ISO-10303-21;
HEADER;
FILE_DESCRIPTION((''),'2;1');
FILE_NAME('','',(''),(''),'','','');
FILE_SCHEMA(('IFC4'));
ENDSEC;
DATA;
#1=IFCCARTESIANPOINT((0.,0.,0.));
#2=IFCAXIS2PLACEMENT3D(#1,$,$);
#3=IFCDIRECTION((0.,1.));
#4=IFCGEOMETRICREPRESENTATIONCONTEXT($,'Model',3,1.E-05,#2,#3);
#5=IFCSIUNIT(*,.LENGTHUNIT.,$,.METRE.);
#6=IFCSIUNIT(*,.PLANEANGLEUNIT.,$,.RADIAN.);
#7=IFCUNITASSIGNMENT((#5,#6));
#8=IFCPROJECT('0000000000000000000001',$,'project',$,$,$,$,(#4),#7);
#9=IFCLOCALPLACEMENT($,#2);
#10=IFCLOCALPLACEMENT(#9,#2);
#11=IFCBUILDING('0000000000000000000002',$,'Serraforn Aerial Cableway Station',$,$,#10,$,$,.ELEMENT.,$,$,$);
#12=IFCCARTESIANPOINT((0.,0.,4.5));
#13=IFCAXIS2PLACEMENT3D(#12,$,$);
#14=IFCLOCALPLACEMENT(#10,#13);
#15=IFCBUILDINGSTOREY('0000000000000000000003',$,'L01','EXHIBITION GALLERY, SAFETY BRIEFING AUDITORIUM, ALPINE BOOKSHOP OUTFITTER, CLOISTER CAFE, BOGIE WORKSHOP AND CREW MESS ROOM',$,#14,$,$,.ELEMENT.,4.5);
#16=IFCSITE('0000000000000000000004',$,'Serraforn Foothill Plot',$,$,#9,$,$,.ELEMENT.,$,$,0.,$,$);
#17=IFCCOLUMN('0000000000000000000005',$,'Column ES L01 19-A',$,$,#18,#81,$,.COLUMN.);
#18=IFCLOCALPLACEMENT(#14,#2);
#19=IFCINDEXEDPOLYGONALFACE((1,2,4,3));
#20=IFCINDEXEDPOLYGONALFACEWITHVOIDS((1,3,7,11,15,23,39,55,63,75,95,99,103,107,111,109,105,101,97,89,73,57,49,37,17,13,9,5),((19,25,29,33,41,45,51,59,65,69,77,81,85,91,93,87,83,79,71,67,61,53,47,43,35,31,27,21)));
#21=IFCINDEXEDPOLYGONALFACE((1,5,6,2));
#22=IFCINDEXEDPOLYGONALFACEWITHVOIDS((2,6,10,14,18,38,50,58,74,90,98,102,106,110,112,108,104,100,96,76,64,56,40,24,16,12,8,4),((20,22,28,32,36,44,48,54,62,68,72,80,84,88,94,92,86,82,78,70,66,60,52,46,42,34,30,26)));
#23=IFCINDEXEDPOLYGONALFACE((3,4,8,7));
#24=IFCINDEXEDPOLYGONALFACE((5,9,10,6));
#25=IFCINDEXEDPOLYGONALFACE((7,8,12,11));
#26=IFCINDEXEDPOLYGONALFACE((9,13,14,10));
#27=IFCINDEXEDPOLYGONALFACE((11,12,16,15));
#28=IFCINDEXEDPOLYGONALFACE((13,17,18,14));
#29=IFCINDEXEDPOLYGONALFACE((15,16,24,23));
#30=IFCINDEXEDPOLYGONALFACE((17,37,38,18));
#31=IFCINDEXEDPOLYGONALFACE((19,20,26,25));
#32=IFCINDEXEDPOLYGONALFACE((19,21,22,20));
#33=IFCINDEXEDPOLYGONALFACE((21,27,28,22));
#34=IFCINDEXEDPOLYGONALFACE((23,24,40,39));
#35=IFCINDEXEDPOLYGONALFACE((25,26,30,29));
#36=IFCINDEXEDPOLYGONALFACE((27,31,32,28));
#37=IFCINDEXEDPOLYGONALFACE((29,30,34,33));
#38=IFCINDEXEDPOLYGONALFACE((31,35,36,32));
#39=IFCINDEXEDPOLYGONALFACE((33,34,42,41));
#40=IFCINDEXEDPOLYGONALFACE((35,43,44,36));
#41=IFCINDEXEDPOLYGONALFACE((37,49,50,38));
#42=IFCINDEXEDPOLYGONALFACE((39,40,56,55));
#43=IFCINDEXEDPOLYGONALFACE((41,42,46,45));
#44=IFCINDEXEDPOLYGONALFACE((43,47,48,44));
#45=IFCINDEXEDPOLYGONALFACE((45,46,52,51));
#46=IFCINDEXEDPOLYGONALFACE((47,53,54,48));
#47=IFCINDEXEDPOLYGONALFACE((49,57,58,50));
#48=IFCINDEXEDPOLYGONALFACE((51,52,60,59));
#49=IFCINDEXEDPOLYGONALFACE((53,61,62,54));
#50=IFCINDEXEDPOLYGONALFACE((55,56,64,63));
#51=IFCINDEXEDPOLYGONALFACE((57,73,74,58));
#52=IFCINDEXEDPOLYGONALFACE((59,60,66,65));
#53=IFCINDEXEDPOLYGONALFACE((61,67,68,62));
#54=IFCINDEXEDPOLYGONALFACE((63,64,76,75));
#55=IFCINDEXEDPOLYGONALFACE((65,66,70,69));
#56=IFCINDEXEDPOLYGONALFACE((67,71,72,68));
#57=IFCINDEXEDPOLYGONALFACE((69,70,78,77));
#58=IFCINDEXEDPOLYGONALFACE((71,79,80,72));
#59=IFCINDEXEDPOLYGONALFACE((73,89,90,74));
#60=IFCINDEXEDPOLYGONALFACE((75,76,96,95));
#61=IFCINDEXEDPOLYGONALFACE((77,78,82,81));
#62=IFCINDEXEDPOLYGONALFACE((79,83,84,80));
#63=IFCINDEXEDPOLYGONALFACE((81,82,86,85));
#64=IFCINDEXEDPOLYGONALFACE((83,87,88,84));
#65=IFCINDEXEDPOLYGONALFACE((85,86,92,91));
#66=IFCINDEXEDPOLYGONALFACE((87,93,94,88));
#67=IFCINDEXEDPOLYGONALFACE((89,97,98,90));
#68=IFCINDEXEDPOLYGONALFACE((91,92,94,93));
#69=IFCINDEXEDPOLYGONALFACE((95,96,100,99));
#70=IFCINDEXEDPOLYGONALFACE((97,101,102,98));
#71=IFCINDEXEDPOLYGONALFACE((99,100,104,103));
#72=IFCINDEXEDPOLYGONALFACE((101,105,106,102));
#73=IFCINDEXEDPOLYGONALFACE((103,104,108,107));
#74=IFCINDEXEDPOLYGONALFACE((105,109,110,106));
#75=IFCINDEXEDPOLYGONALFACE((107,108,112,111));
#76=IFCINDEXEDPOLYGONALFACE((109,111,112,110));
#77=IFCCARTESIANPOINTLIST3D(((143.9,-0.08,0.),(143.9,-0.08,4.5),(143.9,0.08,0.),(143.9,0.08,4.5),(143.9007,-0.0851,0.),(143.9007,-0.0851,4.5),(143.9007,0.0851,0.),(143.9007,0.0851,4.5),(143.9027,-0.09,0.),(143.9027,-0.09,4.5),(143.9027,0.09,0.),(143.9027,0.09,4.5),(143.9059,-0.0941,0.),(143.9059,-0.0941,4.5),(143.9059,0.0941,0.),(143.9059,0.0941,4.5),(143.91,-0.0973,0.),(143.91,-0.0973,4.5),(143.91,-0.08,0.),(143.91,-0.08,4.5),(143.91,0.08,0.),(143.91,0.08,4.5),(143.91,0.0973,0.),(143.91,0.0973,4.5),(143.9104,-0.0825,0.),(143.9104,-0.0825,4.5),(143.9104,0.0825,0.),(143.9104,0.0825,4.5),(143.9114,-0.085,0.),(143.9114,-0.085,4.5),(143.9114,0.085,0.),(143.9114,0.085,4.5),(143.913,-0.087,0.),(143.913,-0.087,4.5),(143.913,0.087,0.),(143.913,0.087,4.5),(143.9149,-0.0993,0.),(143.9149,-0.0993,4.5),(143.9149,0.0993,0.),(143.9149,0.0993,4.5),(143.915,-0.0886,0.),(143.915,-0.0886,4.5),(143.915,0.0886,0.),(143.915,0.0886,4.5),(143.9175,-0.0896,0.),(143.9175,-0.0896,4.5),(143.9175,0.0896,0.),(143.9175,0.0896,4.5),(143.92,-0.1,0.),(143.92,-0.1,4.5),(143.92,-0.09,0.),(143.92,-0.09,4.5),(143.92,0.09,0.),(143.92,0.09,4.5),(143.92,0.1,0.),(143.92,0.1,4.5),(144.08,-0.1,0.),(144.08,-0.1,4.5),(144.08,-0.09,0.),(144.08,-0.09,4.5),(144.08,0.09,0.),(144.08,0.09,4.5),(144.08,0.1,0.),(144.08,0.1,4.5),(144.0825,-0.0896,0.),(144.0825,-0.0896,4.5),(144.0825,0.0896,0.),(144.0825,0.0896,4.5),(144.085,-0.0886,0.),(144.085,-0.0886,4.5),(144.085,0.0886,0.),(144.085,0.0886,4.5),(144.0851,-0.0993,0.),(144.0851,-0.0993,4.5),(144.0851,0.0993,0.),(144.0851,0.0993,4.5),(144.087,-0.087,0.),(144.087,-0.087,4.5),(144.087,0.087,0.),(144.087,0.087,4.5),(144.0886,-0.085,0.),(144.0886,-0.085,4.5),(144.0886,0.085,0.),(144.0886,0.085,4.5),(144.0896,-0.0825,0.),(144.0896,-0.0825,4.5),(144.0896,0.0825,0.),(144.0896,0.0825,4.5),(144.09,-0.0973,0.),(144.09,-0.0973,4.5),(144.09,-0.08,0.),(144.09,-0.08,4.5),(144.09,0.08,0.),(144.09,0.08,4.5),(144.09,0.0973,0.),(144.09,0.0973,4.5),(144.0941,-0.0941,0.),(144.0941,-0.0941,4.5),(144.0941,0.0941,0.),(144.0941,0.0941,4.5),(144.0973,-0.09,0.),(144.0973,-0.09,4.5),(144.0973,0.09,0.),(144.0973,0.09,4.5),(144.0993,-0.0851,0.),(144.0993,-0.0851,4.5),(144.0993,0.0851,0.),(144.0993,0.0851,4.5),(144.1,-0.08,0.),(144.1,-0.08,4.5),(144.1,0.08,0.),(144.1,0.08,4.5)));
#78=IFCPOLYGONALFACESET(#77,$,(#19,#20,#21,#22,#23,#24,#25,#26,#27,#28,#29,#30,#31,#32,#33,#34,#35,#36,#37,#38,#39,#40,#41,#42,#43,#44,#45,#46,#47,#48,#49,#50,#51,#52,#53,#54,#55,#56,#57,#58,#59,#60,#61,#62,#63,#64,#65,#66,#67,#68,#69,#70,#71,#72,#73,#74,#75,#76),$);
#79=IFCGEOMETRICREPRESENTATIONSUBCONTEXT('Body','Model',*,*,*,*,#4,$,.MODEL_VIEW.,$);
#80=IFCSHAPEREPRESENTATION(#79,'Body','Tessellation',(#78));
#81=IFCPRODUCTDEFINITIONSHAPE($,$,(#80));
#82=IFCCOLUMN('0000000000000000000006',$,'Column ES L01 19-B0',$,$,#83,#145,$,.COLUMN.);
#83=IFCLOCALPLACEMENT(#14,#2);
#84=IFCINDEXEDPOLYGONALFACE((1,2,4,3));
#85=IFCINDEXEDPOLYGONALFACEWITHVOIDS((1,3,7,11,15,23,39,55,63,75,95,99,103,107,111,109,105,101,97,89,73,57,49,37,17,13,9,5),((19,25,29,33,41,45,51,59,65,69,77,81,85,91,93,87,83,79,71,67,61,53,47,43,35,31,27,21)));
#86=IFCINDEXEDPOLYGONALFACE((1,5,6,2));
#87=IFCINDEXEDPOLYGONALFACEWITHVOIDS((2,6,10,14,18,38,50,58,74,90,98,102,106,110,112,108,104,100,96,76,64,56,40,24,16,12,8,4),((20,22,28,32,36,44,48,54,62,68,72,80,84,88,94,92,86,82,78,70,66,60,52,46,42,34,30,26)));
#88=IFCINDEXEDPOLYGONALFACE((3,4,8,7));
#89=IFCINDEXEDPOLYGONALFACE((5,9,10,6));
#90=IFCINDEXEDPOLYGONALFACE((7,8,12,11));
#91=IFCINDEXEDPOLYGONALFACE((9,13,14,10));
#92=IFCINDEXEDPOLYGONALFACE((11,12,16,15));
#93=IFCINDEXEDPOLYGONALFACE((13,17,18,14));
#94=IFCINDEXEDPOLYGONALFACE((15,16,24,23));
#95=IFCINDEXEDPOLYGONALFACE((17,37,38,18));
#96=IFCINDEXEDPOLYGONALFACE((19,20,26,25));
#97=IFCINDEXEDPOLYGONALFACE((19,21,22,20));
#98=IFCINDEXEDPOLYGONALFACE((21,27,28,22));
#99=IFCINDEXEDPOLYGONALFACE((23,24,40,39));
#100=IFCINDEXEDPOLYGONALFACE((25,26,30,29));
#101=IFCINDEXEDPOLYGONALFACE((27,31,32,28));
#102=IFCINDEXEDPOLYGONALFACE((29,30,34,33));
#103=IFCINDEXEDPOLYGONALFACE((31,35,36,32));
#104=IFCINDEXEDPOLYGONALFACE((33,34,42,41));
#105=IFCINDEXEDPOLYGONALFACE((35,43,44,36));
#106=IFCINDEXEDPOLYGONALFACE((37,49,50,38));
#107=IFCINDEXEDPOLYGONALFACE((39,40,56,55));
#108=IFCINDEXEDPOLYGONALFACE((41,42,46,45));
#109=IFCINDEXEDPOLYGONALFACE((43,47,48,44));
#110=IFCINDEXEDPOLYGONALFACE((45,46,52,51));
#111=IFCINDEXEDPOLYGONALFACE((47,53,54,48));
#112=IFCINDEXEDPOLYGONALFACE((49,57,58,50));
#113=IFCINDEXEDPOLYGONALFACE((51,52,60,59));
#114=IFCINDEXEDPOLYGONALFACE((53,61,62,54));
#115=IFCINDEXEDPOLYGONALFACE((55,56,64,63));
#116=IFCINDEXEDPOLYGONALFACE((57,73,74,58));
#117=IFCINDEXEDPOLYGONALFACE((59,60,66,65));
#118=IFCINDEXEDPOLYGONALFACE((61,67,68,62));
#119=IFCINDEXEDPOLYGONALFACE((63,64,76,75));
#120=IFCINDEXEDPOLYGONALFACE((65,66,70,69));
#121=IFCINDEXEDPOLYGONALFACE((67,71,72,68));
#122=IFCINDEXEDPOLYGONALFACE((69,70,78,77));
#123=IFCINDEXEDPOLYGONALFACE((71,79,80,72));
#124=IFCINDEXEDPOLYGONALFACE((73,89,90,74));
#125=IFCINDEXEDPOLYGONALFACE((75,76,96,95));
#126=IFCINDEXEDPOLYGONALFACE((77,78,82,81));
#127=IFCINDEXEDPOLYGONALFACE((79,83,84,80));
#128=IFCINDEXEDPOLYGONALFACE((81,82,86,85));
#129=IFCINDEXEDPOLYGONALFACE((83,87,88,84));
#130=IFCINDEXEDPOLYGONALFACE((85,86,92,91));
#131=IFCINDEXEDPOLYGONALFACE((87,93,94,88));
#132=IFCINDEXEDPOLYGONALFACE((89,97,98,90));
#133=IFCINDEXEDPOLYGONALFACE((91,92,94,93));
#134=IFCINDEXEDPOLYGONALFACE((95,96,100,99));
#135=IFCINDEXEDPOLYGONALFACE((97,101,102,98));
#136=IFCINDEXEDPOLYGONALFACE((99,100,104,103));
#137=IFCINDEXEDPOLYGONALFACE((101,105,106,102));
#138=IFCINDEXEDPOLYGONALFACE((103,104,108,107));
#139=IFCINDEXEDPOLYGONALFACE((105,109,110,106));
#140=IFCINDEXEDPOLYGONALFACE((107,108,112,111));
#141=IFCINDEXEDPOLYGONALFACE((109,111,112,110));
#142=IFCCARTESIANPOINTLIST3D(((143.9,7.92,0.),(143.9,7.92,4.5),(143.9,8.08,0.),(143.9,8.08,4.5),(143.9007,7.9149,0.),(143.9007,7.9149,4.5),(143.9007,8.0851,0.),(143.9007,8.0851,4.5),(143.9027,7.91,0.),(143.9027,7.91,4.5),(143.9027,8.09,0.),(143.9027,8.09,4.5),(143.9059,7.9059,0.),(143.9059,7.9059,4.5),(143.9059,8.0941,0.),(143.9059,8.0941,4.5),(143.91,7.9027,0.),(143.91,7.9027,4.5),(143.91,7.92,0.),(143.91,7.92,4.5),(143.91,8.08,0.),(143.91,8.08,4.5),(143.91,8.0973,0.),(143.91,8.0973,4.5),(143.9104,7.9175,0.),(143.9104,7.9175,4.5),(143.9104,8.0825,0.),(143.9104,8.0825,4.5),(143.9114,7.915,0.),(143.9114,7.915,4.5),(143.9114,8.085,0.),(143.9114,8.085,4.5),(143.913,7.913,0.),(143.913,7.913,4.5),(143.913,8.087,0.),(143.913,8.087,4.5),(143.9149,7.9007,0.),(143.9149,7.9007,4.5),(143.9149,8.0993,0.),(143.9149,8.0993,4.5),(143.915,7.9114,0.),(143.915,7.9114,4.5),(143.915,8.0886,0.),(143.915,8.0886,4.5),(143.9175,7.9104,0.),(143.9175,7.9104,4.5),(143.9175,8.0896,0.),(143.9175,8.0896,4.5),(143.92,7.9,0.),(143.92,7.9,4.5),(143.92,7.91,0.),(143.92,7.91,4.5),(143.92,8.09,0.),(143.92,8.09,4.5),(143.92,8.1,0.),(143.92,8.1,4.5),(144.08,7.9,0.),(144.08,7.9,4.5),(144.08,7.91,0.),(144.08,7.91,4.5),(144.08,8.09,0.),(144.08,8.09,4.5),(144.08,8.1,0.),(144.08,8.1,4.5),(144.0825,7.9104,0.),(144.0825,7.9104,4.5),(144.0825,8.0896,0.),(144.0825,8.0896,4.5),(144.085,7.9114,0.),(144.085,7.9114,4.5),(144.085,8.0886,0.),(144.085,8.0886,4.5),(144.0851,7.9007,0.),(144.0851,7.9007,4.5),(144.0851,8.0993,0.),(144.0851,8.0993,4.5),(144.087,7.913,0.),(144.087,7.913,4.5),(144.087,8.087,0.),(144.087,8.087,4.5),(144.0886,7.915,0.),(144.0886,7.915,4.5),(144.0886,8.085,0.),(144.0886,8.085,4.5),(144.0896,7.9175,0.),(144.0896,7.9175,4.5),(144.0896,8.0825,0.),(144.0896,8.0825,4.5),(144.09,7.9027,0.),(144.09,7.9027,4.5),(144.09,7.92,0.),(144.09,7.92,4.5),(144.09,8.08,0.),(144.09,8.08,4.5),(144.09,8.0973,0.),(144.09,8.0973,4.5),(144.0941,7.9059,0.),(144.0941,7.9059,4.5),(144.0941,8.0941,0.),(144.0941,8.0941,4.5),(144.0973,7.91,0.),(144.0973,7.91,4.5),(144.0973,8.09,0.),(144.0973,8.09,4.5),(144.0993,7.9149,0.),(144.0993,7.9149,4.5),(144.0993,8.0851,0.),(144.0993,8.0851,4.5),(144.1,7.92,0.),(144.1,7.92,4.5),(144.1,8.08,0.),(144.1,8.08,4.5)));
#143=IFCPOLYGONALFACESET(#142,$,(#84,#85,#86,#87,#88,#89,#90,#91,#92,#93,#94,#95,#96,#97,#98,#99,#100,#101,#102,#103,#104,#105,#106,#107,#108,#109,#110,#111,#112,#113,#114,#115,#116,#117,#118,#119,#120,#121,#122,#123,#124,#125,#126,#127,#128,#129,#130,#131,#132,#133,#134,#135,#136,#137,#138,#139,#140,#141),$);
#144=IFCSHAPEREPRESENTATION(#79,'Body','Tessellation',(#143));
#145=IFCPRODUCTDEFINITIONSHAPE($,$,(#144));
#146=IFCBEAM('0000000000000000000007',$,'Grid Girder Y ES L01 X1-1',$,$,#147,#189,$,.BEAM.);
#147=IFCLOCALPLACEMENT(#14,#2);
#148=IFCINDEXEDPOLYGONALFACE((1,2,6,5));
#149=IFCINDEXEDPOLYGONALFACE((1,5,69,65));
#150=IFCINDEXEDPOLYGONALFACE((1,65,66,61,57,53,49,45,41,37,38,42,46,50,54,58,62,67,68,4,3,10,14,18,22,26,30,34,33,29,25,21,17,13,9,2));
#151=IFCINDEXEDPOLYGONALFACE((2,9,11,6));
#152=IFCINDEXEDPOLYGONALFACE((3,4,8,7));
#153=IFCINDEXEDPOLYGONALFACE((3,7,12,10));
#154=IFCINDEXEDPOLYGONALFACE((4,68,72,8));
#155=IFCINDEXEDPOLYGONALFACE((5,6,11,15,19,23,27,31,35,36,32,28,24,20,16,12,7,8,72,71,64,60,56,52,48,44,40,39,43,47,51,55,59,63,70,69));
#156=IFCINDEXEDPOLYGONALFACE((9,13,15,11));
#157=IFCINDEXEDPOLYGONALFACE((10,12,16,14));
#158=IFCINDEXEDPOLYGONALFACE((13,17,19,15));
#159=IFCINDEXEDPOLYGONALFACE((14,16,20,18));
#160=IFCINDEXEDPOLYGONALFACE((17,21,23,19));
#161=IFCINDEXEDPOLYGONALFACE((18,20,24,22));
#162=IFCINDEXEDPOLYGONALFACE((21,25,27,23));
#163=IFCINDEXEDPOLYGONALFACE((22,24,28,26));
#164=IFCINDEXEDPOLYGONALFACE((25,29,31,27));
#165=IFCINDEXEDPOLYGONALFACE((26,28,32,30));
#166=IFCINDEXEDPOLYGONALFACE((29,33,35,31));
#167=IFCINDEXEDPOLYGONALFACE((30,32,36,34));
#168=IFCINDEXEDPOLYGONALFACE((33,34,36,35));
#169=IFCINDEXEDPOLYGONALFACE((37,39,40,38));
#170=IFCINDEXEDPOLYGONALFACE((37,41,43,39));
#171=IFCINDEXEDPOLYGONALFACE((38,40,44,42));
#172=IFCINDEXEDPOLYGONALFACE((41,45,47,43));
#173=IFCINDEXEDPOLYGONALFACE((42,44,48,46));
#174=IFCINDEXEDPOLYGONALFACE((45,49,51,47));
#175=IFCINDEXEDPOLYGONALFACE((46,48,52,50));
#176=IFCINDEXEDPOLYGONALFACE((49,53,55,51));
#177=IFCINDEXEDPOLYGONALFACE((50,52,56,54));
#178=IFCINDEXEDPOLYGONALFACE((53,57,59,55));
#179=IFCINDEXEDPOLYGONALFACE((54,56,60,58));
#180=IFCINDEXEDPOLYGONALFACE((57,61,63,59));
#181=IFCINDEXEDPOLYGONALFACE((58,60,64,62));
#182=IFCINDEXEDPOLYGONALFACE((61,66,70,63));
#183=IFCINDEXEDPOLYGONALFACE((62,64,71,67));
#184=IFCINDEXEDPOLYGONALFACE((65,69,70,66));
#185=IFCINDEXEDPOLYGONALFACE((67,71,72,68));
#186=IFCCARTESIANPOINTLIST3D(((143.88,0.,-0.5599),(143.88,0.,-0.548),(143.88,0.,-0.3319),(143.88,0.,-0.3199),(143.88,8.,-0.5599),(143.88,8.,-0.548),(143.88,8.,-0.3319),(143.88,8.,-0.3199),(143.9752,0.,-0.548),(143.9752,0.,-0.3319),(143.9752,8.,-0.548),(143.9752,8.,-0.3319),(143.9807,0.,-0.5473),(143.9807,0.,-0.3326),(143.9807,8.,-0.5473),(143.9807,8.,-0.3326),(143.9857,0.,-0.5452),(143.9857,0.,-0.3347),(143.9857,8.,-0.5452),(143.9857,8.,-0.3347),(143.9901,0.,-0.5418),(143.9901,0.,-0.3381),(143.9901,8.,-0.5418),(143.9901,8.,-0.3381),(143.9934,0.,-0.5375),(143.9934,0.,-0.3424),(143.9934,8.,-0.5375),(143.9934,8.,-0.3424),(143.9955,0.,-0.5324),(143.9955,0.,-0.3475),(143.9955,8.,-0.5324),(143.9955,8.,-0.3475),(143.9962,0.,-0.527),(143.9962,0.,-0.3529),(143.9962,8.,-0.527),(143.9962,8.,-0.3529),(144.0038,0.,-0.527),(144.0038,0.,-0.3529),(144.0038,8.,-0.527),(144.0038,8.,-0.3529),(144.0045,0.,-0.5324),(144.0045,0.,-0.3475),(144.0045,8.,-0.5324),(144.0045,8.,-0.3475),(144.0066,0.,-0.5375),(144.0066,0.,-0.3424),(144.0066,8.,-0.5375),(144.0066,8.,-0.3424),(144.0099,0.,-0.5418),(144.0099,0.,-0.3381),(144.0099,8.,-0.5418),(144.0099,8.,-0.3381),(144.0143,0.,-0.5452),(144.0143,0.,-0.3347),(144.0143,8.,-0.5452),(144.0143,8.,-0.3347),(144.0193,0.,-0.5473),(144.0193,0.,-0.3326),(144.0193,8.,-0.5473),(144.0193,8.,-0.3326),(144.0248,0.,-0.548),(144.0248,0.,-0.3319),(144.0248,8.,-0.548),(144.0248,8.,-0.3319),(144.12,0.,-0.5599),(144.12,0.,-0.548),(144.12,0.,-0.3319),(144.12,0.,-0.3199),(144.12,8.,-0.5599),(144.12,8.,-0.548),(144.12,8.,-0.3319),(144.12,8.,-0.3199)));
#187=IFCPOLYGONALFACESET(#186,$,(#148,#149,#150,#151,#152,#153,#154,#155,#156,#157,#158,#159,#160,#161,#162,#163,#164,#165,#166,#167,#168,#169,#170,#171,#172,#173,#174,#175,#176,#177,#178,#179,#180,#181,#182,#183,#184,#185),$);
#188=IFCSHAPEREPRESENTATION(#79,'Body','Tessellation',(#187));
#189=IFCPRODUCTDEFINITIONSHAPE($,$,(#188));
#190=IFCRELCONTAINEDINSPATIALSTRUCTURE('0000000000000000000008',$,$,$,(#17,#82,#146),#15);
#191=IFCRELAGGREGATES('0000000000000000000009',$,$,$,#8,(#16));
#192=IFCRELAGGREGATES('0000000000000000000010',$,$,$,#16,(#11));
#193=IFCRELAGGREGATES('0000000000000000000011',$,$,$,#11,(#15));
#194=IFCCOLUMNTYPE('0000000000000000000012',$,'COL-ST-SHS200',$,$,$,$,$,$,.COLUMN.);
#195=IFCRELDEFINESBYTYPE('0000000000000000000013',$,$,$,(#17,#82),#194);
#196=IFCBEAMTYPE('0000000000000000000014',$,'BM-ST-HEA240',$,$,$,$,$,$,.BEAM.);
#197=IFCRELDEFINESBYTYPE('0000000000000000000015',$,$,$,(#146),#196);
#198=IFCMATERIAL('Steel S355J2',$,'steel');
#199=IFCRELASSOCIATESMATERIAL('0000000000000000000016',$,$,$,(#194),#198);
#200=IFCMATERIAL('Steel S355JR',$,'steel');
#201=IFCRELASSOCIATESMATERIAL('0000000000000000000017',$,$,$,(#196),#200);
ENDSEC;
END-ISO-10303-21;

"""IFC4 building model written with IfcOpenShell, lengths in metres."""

from ifc_helpers import new_model, si_unit, direction, frame, origin, origin_2d, place, context, subcontext, project, spatial, hollow_rectangle, i_section, extrude, material, material_profile, profile_set, type_object, element, save


model = new_model("IFC4")

# Units and contexts
model_context = context("Model", 3, precision=1e-05, world=origin(), true_north=direction((0.0, 1.0)))
body_context = subcontext(model_context, "Body", "Model", "MODEL_VIEW")
ifc_project = project(units=[si_unit("LENGTHUNIT", "METRE"), si_unit("PLANEANGLEUNIT", "RADIAN")], contexts=[model_context])

# Site, building, storey
site_placement = place(None, origin())
site = spatial("IfcSite", under=ifc_project, at=site_placement, Name="Serraforn Foothill Plot", CompositionType="ELEMENT", RefElevation=0.0)
building_placement = place(site_placement, origin())
building = spatial("IfcBuilding", under=site, at=building_placement, Name="Serraforn Aerial Cableway Station", CompositionType="ELEMENT")
storey_placement = place(building_placement, frame((0.0, 0.0, 4.5)))
storey = spatial("IfcBuildingStorey", under=building, at=storey_placement, Name="L01", Description="EXHIBITION GALLERY, SAFETY BRIEFING AUDITORIUM, ALPINE BOOKSHOP OUTFITTER, CLOISTER CAFE, BOGIE WORKSHOP AND CREW MESS ROOM", CompositionType="ELEMENT", Elevation=4.5)

# Columns
ifc_material_1 = material(Name="Steel S355J2", Category="steel")
ifc_material_profile_1 = material_profile(ifc_material_1, hollow_rectangle(XDim=0.2, YDim=0.2, WallThickness=0.01, InnerFilletRadius=0.01, OuterFilletRadius=0.02, at=origin_2d()), Name="SHS 200x200x10.0")
ifc_profile_set_1 = profile_set([ifc_material_profile_1], Name="Steel S355J2")
column_type = type_object("IfcColumnType", Name="COL-ST-SHS200", PredefinedType="COLUMN", material=ifc_profile_set_1)
for number, where, z_axis, x_axis, name in (
    (1, (144.0, 0.0, 0.0), (0.0, 0.0, 1.0), (1.0, 0.0, 0.0), "Column ES L01 19-A"),
    (2, (144.0, 8.0, 0.0), (0.0, 0.0, 1.0), (1.0, 0.0, 0.0), "Column ES L01 19-B0"),
):
    element("IfcColumn", number, at=place(storey_placement, frame(where, z_axis=z_axis, x_axis=x_axis)), inside=storey, type_object=column_type, Name=name, PredefinedType="COLUMN", context=body_context, shape_type="SweptSolid", body=[
        extrude(hollow_rectangle(XDim=0.2, YDim=0.2, WallThickness=0.01, InnerFilletRadius=0.01, OuterFilletRadius=0.02, at=origin_2d()), origin(), (0.0, 0.0, 1.0), 4.5),
    ])

# Beam
ifc_material_2 = material(Name="Steel S355JR", Category="steel")
ifc_material_profile_2 = material_profile(ifc_material_2, i_section(OverallWidth=0.24, OverallDepth=0.24, WebThickness=0.0076, FlangeThickness=0.012, FilletRadius=0.021, at=origin_2d()), Name="HEA 240")
ifc_profile_set_2 = profile_set([ifc_material_profile_2], Name="Steel S355JR")
beam_type_1 = type_object("IfcBeamType", Name="BM-ST-HEA240", PredefinedType="BEAM", material=ifc_profile_set_2)
beam_1_placement = place(storey_placement, frame((144.0, 0.0, -0.4399), z_axis=(0.0, 1.0, 0.0), x_axis=(-1.0, 0.0, 0.0)))
element("IfcBeam", 3, at=beam_1_placement, inside=storey, type_object=beam_type_1, Name="Grid Girder Y ES L01 X1-1", PredefinedType="BEAM", context=body_context, shape_type="SweptSolid", body=[
    extrude(i_section(OverallWidth=0.24, OverallDepth=0.24, WebThickness=0.0076, FlangeThickness=0.012, FilletRadius=0.021, at=origin_2d()), origin(), (0.0, 0.0, 1.0), 8.0),
])

save(model, "model.ifc")
